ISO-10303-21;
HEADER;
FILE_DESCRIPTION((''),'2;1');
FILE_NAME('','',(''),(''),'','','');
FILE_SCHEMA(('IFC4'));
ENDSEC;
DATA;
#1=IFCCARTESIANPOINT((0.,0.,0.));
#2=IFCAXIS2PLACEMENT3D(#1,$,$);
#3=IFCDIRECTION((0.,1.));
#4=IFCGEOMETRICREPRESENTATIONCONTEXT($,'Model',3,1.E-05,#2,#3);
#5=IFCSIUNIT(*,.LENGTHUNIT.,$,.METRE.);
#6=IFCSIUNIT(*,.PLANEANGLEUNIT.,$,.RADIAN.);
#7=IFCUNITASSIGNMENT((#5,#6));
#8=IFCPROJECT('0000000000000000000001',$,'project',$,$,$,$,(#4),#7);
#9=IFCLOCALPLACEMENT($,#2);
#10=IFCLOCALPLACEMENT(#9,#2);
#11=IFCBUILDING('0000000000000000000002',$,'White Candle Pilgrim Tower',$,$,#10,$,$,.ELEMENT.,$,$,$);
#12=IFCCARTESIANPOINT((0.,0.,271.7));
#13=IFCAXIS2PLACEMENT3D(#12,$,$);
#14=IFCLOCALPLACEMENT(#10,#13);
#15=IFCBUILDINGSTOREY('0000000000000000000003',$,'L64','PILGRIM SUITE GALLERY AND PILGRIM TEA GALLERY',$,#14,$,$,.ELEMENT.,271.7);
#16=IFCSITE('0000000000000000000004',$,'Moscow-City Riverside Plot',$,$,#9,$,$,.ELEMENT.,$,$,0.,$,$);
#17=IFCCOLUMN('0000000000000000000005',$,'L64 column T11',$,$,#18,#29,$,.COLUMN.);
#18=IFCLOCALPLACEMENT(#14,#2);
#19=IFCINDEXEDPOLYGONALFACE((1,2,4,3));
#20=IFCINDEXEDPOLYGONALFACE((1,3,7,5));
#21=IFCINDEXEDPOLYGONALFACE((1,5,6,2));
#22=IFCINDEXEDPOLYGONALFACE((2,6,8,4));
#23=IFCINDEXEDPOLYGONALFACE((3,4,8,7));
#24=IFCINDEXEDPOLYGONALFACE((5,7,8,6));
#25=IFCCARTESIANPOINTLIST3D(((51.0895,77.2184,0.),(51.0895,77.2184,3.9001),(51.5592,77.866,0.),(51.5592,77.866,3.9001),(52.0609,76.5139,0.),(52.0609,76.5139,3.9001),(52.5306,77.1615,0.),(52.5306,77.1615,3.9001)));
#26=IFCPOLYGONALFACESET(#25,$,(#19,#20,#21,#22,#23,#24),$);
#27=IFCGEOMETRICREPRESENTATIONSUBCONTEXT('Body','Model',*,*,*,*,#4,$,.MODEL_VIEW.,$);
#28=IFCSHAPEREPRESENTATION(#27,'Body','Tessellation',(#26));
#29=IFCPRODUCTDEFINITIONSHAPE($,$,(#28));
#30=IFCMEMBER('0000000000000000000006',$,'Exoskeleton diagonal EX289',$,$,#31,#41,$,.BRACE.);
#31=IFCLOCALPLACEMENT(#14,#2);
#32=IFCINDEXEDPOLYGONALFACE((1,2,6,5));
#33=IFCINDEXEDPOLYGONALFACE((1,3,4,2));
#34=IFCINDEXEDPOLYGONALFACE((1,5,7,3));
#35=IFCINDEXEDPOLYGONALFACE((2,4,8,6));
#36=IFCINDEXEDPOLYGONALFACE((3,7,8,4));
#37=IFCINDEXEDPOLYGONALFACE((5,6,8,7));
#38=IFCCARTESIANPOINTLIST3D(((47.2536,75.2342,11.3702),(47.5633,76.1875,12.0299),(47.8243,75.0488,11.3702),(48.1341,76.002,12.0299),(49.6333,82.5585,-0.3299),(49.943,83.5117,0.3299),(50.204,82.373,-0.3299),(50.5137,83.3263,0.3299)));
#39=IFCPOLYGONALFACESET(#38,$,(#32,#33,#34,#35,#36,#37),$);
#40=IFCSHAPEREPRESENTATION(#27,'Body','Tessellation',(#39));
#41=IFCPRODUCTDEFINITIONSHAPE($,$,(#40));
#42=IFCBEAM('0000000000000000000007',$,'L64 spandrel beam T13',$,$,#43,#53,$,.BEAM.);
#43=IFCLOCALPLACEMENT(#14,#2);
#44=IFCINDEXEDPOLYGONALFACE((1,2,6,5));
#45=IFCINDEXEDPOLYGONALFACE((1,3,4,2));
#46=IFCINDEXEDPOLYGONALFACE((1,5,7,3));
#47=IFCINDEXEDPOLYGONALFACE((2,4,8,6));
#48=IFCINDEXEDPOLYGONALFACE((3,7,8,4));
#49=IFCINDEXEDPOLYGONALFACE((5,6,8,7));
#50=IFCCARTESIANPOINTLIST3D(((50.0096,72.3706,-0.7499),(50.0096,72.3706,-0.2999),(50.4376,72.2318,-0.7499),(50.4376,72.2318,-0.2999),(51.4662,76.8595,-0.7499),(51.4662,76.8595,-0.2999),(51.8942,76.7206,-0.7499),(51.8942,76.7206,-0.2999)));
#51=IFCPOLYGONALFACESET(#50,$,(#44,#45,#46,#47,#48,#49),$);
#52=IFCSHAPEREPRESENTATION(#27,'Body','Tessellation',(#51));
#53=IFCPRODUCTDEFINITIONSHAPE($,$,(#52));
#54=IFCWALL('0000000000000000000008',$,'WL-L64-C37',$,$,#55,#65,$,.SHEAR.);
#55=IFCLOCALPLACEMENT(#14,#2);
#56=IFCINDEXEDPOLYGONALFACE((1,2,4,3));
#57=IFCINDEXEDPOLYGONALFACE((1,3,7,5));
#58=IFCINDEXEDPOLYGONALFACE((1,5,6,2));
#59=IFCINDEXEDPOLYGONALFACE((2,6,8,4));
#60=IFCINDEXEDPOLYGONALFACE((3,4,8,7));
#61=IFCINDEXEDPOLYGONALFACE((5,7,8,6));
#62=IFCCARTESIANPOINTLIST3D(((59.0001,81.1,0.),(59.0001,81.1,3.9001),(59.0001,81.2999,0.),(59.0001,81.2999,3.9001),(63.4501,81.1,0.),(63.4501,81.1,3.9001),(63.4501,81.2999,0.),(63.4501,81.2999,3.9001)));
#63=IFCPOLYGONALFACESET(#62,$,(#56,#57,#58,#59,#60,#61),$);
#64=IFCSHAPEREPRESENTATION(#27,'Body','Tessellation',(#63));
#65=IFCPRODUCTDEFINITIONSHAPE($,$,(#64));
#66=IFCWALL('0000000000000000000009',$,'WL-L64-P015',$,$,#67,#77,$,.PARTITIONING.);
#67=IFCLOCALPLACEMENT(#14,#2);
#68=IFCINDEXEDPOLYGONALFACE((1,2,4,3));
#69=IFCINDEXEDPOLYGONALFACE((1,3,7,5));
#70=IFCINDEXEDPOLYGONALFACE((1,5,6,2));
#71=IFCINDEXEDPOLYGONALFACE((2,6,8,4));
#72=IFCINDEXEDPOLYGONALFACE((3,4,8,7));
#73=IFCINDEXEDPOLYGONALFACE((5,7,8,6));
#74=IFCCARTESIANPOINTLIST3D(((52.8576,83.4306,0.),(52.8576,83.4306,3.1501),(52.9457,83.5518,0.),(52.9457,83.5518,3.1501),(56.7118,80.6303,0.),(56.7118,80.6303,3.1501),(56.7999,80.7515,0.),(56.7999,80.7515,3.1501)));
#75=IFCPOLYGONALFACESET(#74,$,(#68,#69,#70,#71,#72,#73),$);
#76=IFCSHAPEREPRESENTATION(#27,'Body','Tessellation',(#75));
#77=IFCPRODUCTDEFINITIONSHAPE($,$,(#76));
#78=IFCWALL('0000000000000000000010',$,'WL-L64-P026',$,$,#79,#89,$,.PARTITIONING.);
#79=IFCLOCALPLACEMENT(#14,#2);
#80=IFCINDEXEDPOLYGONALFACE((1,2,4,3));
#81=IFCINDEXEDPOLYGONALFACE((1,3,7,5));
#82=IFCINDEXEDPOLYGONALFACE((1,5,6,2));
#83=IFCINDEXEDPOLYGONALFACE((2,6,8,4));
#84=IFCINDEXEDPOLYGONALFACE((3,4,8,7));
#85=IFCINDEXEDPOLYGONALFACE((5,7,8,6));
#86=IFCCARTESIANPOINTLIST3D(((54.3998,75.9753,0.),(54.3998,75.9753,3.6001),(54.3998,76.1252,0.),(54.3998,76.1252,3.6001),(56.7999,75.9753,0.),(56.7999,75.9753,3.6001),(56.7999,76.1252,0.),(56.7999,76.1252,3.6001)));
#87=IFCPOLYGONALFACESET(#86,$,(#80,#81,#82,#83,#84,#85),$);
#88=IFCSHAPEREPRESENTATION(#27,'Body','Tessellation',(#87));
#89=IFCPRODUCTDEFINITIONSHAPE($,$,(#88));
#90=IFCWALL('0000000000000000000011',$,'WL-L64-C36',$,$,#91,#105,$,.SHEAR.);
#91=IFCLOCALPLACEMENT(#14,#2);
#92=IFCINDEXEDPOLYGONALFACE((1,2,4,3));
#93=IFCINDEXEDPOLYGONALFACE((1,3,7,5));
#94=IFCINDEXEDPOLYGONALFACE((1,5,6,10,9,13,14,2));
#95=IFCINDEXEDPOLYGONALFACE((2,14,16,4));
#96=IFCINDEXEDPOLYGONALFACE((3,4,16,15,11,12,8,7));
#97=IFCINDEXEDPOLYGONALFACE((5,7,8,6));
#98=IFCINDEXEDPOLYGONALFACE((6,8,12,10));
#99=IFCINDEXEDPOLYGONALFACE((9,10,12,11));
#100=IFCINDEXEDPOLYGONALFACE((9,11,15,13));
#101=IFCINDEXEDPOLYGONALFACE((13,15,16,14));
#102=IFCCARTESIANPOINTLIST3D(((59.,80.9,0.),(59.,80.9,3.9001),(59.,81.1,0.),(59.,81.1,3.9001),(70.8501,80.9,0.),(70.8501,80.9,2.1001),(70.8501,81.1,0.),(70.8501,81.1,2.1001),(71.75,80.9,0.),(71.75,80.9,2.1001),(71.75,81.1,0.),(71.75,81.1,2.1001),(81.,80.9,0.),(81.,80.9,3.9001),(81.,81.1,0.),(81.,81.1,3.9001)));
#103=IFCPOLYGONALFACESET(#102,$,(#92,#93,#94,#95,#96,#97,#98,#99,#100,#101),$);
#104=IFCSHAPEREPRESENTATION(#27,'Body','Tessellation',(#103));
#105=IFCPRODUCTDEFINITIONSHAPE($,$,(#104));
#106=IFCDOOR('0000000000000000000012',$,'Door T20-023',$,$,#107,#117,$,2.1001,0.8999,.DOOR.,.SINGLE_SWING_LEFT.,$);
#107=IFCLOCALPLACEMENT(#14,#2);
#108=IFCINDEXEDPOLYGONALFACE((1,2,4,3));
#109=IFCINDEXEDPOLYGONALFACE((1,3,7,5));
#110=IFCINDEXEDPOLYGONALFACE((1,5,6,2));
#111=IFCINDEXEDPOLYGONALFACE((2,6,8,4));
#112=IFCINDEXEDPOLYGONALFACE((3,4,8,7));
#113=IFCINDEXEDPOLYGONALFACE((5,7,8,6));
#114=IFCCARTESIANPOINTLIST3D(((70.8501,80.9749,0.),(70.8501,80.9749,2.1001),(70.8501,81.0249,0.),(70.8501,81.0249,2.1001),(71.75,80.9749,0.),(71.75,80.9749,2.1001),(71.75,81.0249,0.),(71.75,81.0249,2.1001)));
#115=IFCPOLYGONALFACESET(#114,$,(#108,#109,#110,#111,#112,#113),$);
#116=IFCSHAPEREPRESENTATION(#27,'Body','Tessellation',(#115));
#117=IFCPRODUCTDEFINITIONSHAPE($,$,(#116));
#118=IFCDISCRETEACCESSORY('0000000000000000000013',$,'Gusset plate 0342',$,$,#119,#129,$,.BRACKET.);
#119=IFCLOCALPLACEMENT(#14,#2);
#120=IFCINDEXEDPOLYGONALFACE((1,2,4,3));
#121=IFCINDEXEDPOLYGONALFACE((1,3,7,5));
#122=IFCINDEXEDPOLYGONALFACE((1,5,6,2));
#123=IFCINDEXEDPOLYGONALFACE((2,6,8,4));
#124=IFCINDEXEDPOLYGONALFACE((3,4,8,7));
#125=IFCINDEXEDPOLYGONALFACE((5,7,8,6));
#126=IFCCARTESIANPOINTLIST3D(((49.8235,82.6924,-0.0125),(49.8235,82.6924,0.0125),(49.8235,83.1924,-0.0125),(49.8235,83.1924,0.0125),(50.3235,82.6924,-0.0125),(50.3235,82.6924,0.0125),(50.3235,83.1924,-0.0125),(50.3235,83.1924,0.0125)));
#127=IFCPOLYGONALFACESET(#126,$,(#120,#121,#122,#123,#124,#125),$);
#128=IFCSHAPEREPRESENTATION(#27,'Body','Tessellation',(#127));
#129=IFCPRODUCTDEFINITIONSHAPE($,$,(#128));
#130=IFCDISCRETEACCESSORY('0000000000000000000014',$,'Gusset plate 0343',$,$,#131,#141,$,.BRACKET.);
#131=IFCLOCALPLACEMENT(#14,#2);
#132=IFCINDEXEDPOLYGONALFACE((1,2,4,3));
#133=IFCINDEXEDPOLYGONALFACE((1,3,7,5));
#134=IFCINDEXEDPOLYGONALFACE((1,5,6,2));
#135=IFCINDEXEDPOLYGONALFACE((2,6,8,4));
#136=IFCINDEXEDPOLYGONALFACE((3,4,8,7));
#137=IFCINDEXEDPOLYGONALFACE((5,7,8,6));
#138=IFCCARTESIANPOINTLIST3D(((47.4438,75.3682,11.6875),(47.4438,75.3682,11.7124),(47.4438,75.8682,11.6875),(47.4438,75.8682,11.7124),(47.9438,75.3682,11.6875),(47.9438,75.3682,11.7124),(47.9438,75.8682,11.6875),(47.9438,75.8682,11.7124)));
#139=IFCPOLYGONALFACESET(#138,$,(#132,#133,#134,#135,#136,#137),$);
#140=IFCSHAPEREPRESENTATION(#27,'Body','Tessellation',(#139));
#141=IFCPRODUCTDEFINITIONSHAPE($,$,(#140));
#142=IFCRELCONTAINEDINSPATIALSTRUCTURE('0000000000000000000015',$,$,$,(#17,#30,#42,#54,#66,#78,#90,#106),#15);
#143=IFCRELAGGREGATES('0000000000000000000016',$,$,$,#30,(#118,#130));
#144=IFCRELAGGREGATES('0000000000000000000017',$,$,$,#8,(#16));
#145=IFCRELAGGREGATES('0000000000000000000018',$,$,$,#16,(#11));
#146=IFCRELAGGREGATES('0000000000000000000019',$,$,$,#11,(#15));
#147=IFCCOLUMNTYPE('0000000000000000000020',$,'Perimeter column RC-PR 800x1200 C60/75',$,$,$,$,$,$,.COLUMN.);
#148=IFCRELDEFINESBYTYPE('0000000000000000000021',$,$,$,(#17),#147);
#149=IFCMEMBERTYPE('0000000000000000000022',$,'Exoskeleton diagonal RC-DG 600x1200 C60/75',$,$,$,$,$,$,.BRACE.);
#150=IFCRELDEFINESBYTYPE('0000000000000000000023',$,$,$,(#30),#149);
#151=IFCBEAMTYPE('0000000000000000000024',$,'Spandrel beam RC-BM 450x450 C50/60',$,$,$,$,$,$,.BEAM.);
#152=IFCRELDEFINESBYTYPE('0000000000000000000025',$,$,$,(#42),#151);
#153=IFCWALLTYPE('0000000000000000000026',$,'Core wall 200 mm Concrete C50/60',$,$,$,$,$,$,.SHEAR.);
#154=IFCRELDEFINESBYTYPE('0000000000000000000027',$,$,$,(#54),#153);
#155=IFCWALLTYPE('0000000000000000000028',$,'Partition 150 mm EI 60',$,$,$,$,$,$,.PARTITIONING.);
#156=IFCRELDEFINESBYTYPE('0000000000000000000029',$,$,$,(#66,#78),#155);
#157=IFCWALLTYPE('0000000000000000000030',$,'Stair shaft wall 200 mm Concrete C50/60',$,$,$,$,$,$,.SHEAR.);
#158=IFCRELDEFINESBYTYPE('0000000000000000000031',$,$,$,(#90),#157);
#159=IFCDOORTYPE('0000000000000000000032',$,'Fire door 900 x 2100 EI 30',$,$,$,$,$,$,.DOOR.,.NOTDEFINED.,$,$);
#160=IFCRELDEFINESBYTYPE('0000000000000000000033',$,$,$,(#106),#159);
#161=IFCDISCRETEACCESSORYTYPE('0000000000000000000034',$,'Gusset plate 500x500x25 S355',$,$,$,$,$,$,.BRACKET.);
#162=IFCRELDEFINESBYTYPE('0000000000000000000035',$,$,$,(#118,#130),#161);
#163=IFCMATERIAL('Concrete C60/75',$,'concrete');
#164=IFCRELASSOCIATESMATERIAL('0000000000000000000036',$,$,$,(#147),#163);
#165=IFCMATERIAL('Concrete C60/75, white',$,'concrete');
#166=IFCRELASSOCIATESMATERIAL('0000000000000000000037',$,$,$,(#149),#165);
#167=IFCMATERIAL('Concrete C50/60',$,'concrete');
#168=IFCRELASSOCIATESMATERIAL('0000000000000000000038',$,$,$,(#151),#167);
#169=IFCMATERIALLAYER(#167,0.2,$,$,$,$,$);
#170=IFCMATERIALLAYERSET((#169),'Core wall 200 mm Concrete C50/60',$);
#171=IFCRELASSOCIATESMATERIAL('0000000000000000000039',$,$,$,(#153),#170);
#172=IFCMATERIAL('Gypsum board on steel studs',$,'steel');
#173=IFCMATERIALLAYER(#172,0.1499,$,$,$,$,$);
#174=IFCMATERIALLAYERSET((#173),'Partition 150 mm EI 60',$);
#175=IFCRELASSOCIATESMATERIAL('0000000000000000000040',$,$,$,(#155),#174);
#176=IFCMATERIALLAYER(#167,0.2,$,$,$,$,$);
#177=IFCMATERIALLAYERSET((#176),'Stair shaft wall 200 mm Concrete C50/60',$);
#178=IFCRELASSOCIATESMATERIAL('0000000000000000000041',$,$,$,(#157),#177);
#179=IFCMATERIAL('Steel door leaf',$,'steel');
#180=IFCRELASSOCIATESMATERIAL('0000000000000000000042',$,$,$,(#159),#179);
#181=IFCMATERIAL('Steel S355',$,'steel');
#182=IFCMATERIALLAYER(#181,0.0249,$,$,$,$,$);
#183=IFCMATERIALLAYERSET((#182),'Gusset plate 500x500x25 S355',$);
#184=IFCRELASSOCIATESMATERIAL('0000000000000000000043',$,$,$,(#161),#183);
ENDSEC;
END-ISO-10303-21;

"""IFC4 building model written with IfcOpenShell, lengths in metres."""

from ifc_helpers import new_model, si_unit, direction, frame, frame_2d, origin, origin_2d, place, context, subcontext, project, spatial, rectangle, extrude, material, layer, layer_set, material_profile, profile_set, type_object, element, fill, aggregate, save


model = new_model("IFC4")

# Units and contexts
model_context = context("Model", 3, precision=1e-05, world=origin(), true_north=direction((0.0, 1.0)))
body_context = subcontext(model_context, "Body", "Model", "MODEL_VIEW")
ifc_project = project(units=[si_unit("LENGTHUNIT", "METRE"), si_unit("PLANEANGLEUNIT", "RADIAN")], contexts=[model_context])

# Site, building, storey
site_placement = place(None, origin())
site = spatial("IfcSite", under=ifc_project, at=site_placement, Name="Moscow-City Riverside Plot", CompositionType="ELEMENT", RefElevation=0.0)
building_placement = place(site_placement, origin())
building = spatial("IfcBuilding", under=site, at=building_placement, Name="White Candle Pilgrim Tower", CompositionType="ELEMENT")
storey_placement = place(building_placement, frame((0.0, 0.0, 271.7)))
storey = spatial("IfcBuildingStorey", under=building, at=storey_placement, Name="L64", Description="PILGRIM SUITE GALLERY AND PILGRIM TEA GALLERY", CompositionType="ELEMENT", Elevation=271.7)

# Column
ifc_material_1 = material(Name="Concrete C60/75", Category="concrete")
ifc_material_profile_1 = material_profile(ifc_material_1, rectangle(XDim=0.8, YDim=1.2, at=origin_2d()), Name="RC-PR 800x1200")
ifc_profile_set_1 = profile_set([ifc_material_profile_1], Name="Concrete C60/75")
column_type = type_object("IfcColumnType", Name="Perimeter column RC-PR 800x1200 C60/75", PredefinedType="COLUMN", material=ifc_profile_set_1)
column_placement = place(storey_placement, frame((51.8101, 77.1899, 0.0), z_axis=(0.0, 0.0, 1.0), x_axis=(0.587107, 0.809509, 0.0)))
element("IfcColumn", 1, at=column_placement, inside=storey, type_object=column_type, Name="L64 column T11", PredefinedType="COLUMN", context=body_context, shape_type="SweptSolid", body=[
    extrude(rectangle(XDim=0.8, YDim=1.2, at=origin_2d()), origin(), (0.0, 0.0, 1.0), 3.9001),
])

# Member
ifc_material_2 = material(Name="Concrete C60/75, white", Category="concrete")
ifc_material_profile_2 = material_profile(ifc_material_2, rectangle(XDim=0.6001, YDim=1.2, at=origin_2d()), Name="RC-DG 600x1200")
ifc_profile_set_2 = profile_set([ifc_material_profile_2], Name="Concrete C60/75, white")
member_type = type_object("IfcMemberType", Name="Exoskeleton diagonal RC-DG 600x1200 C60/75", PredefinedType="BRACE", material=ifc_profile_set_2)
member_placement = place(storey_placement, frame((50.0735, 82.9424, 0.0), z_axis=(-0.169889, -0.522897, 0.835294), x_axis=(0.951062, -0.309, 0.0)))
member = element("IfcMember", 2, at=member_placement, inside=storey, type_object=member_type, Name="Exoskeleton diagonal EX289", PredefinedType="BRACE", context=body_context, shape_type="SweptSolid", body=[
    extrude(rectangle(XDim=0.6001, YDim=1.2, at=origin_2d()), origin(), (0.0, 0.0, 1.0), 14.0071),
])

# Beam
ifc_material_3 = material(Name="Concrete C50/60", Category="concrete")
ifc_material_profile_3 = material_profile(ifc_material_3, rectangle(XDim=0.45, YDim=0.45, at=origin_2d()), Name="RC-BM 450x450")
ifc_profile_set_3 = profile_set([ifc_material_profile_3], Name="Concrete C50/60")
beam_type = type_object("IfcBeamType", Name="Spandrel beam RC-BM 450x450 C50/60", PredefinedType="BEAM", material=ifc_profile_set_3)
beam_placement = place(storey_placement, frame((51.6802, 76.79, -0.5249), z_axis=(-0.308644, -0.951178, 0.0), x_axis=(0.951178, -0.308644, 0.0)))
element("IfcBeam", 3, at=beam_placement, inside=storey, type_object=beam_type, Name="L64 spandrel beam T13", PredefinedType="BEAM", context=body_context, shape_type="SweptSolid", body=[
    extrude(rectangle(XDim=0.45, YDim=0.45, at=origin_2d()), origin(), (0.0, 0.0, 1.0), 4.7192),
])

# Walls
ifc_layer_1 = layer(ifc_material_3, 0.2)
ifc_layer_set_1 = layer_set([ifc_layer_1], Name="Core wall 200 mm Concrete C50/60")
wall_type_1 = type_object("IfcWallType", Name="Core wall 200 mm Concrete C50/60", PredefinedType="SHEAR", material=ifc_layer_set_1)
wall_1_placement = place(storey_placement, frame((59.0, 81.2, 0.0), z_axis=(0.0, 0.0, 1.0), x_axis=(1.0, 0.0, 0.0)))
element("IfcWall", 4, at=wall_1_placement, inside=storey, type_object=wall_type_1, Name="WL-L64-C37", PredefinedType="SHEAR", context=body_context, shape_type="SweptSolid", body=[
    extrude(rectangle(XDim=4.45, YDim=0.2, at=frame_2d((2.2251, 0.0))), origin(), (0.0, 0.0, 1.0), 3.9001),
])
ifc_material_4 = material(Name="Gypsum board on steel studs", Category="steel")
ifc_layer_2 = layer(ifc_material_4, 0.1499)
ifc_layer_set_2 = layer_set([ifc_layer_2], Name="Partition 150 mm EI 60")
wall_type_2 = type_object("IfcWallType", Name="Partition 150 mm EI 60", PredefinedType="PARTITIONING", material=ifc_layer_set_2)
wall_2_placement = place(storey_placement, frame((52.9016, 83.4912, 0.0), z_axis=(0.0, 0.0, 1.0), x_axis=(0.809015, -0.587788, 0.0)))
element("IfcWall", 5, at=wall_2_placement, inside=storey, type_object=wall_type_2, Name="WL-L64-P015", PredefinedType="PARTITIONING", context=body_context, shape_type="SweptSolid", body=[
    extrude(rectangle(XDim=4.7642, YDim=0.1499, at=frame_2d((2.3821, 0.0))), origin(), (0.0, 0.0, 1.0), 3.1501),
])
wall_3_placement = place(storey_placement, frame((56.8, 76.0503, 0.0), z_axis=(0.0, 0.0, 1.0), x_axis=(-1.0, 0.0, 0.0)))
element("IfcWall", 6, at=wall_3_placement, inside=storey, type_object=wall_type_2, Name="WL-L64-P026", PredefinedType="PARTITIONING", context=body_context, shape_type="SweptSolid", body=[
    extrude(rectangle(XDim=2.4001, YDim=0.1499, at=frame_2d((1.2002, 0.0))), origin(), (0.0, 0.0, 1.0), 3.6001),
])

# Wall, opening, door
ifc_layer_3 = layer(ifc_material_3, 0.2)
ifc_layer_set_3 = layer_set([ifc_layer_3], Name="Stair shaft wall 200 mm Concrete C50/60")
wall_type_3 = type_object("IfcWallType", Name="Stair shaft wall 200 mm Concrete C50/60", PredefinedType="SHEAR", material=ifc_layer_set_3)
wall_4_placement = place(storey_placement, frame((59.0, 81.0, 0.0), z_axis=(0.0, 0.0, 1.0), x_axis=(1.0, 0.0, 0.0)))
wall_4 = element("IfcWall", 7, at=wall_4_placement, inside=storey, type_object=wall_type_3, Name="WL-L64-C36", PredefinedType="SHEAR", context=body_context, shape_type="SweptSolid", body=[
    extrude(rectangle(XDim=22.0, YDim=0.2, at=frame_2d((11.0, 0.0))), origin(), (0.0, 0.0, 1.0), 3.9001),
])
opening_placement = place(wall_4_placement, frame((11.8501, 0.0, 0.0)))
opening = element("IfcOpeningElement", 8, at=opening_placement, cuts=wall_4, PredefinedType="OPENING", context=body_context, shape_type="SweptSolid", body=[
    extrude(rectangle(XDim=0.8999, YDim=2.1001, at=frame_2d((0.45, 1.05))), frame((0.0, 0.1099, 0.0), z_axis=(0.0, -1.0, 0.0), x_axis=(1.0, 0.0, 0.0)), (0.0, 0.0, 1.0), 0.22),
])
ifc_material_5 = material(Name="Steel door leaf", Category="steel")
door_type = type_object("IfcDoorType", Name="Fire door 900 x 2100 EI 30", OperationType="NOTDEFINED", PredefinedType="DOOR", material=ifc_material_5)
door_placement = place(opening_placement, origin())
door = element("IfcDoor", 9, at=door_placement, inside=storey, type_object=door_type, Name="Door T20-023", OperationType="SINGLE_SWING_LEFT", OverallHeight=2.1001, OverallWidth=0.8999, PredefinedType="DOOR", context=body_context, shape_type="SweptSolid", body=[
    extrude(rectangle(XDim=0.8999, YDim=2.1001, at=frame_2d((0.45, 1.05))), frame((0.0, 0.0249, 0.0), z_axis=(0.0, -1.0, 0.0), x_axis=(1.0, 0.0, 0.0)), (0.0, 0.0, 1.0), 0.05),
])
fill(opening, door)

# Discrete accessories
ifc_material_6 = material(Name="Steel S355", Category="steel")
ifc_layer_4 = layer(ifc_material_6, 0.0249)
ifc_layer_set_4 = layer_set([ifc_layer_4], Name="Gusset plate 500x500x25 S355")
discrete_accessory_type = type_object("IfcDiscreteAccessoryType", Name="Gusset plate 500x500x25 S355", PredefinedType="BRACKET", material=ifc_layer_set_4)
discrete_accessory_1_placement = place(storey_placement, frame((50.0735, 82.9424, -0.0125), z_axis=(0.0, 0.0, 1.0), x_axis=(1.0, 0.0, 0.0)))
discrete_accessory_1 = element("IfcDiscreteAccessory", 10, at=discrete_accessory_1_placement, type_object=discrete_accessory_type, Name="Gusset plate 0342", PredefinedType="BRACKET", context=body_context, shape_type="SweptSolid", body=[
    extrude(rectangle(XDim=0.5, YDim=0.5, at=origin_2d()), origin(), (0.0, 0.0, 1.0), 0.0249),
])
placement = place(building_placement, frame((0.0, 0.0, 283.3999)))
discrete_accessory_2_placement = place(placement, frame((47.6938, 75.6182, -0.0125), z_axis=(0.0, 0.0, 1.0), x_axis=(1.0, 0.0, 0.0)))
discrete_accessory_2 = element("IfcDiscreteAccessory", 11, at=discrete_accessory_2_placement, type_object=discrete_accessory_type, Name="Gusset plate 0343", PredefinedType="BRACKET", context=body_context, shape_type="SweptSolid", body=[
    extrude(rectangle(XDim=0.5, YDim=0.5, at=origin_2d()), origin(), (0.0, 0.0, 1.0), 0.0249),
])
aggregate(member, [discrete_accessory_1, discrete_accessory_2])

save(model, "model.ifc")
